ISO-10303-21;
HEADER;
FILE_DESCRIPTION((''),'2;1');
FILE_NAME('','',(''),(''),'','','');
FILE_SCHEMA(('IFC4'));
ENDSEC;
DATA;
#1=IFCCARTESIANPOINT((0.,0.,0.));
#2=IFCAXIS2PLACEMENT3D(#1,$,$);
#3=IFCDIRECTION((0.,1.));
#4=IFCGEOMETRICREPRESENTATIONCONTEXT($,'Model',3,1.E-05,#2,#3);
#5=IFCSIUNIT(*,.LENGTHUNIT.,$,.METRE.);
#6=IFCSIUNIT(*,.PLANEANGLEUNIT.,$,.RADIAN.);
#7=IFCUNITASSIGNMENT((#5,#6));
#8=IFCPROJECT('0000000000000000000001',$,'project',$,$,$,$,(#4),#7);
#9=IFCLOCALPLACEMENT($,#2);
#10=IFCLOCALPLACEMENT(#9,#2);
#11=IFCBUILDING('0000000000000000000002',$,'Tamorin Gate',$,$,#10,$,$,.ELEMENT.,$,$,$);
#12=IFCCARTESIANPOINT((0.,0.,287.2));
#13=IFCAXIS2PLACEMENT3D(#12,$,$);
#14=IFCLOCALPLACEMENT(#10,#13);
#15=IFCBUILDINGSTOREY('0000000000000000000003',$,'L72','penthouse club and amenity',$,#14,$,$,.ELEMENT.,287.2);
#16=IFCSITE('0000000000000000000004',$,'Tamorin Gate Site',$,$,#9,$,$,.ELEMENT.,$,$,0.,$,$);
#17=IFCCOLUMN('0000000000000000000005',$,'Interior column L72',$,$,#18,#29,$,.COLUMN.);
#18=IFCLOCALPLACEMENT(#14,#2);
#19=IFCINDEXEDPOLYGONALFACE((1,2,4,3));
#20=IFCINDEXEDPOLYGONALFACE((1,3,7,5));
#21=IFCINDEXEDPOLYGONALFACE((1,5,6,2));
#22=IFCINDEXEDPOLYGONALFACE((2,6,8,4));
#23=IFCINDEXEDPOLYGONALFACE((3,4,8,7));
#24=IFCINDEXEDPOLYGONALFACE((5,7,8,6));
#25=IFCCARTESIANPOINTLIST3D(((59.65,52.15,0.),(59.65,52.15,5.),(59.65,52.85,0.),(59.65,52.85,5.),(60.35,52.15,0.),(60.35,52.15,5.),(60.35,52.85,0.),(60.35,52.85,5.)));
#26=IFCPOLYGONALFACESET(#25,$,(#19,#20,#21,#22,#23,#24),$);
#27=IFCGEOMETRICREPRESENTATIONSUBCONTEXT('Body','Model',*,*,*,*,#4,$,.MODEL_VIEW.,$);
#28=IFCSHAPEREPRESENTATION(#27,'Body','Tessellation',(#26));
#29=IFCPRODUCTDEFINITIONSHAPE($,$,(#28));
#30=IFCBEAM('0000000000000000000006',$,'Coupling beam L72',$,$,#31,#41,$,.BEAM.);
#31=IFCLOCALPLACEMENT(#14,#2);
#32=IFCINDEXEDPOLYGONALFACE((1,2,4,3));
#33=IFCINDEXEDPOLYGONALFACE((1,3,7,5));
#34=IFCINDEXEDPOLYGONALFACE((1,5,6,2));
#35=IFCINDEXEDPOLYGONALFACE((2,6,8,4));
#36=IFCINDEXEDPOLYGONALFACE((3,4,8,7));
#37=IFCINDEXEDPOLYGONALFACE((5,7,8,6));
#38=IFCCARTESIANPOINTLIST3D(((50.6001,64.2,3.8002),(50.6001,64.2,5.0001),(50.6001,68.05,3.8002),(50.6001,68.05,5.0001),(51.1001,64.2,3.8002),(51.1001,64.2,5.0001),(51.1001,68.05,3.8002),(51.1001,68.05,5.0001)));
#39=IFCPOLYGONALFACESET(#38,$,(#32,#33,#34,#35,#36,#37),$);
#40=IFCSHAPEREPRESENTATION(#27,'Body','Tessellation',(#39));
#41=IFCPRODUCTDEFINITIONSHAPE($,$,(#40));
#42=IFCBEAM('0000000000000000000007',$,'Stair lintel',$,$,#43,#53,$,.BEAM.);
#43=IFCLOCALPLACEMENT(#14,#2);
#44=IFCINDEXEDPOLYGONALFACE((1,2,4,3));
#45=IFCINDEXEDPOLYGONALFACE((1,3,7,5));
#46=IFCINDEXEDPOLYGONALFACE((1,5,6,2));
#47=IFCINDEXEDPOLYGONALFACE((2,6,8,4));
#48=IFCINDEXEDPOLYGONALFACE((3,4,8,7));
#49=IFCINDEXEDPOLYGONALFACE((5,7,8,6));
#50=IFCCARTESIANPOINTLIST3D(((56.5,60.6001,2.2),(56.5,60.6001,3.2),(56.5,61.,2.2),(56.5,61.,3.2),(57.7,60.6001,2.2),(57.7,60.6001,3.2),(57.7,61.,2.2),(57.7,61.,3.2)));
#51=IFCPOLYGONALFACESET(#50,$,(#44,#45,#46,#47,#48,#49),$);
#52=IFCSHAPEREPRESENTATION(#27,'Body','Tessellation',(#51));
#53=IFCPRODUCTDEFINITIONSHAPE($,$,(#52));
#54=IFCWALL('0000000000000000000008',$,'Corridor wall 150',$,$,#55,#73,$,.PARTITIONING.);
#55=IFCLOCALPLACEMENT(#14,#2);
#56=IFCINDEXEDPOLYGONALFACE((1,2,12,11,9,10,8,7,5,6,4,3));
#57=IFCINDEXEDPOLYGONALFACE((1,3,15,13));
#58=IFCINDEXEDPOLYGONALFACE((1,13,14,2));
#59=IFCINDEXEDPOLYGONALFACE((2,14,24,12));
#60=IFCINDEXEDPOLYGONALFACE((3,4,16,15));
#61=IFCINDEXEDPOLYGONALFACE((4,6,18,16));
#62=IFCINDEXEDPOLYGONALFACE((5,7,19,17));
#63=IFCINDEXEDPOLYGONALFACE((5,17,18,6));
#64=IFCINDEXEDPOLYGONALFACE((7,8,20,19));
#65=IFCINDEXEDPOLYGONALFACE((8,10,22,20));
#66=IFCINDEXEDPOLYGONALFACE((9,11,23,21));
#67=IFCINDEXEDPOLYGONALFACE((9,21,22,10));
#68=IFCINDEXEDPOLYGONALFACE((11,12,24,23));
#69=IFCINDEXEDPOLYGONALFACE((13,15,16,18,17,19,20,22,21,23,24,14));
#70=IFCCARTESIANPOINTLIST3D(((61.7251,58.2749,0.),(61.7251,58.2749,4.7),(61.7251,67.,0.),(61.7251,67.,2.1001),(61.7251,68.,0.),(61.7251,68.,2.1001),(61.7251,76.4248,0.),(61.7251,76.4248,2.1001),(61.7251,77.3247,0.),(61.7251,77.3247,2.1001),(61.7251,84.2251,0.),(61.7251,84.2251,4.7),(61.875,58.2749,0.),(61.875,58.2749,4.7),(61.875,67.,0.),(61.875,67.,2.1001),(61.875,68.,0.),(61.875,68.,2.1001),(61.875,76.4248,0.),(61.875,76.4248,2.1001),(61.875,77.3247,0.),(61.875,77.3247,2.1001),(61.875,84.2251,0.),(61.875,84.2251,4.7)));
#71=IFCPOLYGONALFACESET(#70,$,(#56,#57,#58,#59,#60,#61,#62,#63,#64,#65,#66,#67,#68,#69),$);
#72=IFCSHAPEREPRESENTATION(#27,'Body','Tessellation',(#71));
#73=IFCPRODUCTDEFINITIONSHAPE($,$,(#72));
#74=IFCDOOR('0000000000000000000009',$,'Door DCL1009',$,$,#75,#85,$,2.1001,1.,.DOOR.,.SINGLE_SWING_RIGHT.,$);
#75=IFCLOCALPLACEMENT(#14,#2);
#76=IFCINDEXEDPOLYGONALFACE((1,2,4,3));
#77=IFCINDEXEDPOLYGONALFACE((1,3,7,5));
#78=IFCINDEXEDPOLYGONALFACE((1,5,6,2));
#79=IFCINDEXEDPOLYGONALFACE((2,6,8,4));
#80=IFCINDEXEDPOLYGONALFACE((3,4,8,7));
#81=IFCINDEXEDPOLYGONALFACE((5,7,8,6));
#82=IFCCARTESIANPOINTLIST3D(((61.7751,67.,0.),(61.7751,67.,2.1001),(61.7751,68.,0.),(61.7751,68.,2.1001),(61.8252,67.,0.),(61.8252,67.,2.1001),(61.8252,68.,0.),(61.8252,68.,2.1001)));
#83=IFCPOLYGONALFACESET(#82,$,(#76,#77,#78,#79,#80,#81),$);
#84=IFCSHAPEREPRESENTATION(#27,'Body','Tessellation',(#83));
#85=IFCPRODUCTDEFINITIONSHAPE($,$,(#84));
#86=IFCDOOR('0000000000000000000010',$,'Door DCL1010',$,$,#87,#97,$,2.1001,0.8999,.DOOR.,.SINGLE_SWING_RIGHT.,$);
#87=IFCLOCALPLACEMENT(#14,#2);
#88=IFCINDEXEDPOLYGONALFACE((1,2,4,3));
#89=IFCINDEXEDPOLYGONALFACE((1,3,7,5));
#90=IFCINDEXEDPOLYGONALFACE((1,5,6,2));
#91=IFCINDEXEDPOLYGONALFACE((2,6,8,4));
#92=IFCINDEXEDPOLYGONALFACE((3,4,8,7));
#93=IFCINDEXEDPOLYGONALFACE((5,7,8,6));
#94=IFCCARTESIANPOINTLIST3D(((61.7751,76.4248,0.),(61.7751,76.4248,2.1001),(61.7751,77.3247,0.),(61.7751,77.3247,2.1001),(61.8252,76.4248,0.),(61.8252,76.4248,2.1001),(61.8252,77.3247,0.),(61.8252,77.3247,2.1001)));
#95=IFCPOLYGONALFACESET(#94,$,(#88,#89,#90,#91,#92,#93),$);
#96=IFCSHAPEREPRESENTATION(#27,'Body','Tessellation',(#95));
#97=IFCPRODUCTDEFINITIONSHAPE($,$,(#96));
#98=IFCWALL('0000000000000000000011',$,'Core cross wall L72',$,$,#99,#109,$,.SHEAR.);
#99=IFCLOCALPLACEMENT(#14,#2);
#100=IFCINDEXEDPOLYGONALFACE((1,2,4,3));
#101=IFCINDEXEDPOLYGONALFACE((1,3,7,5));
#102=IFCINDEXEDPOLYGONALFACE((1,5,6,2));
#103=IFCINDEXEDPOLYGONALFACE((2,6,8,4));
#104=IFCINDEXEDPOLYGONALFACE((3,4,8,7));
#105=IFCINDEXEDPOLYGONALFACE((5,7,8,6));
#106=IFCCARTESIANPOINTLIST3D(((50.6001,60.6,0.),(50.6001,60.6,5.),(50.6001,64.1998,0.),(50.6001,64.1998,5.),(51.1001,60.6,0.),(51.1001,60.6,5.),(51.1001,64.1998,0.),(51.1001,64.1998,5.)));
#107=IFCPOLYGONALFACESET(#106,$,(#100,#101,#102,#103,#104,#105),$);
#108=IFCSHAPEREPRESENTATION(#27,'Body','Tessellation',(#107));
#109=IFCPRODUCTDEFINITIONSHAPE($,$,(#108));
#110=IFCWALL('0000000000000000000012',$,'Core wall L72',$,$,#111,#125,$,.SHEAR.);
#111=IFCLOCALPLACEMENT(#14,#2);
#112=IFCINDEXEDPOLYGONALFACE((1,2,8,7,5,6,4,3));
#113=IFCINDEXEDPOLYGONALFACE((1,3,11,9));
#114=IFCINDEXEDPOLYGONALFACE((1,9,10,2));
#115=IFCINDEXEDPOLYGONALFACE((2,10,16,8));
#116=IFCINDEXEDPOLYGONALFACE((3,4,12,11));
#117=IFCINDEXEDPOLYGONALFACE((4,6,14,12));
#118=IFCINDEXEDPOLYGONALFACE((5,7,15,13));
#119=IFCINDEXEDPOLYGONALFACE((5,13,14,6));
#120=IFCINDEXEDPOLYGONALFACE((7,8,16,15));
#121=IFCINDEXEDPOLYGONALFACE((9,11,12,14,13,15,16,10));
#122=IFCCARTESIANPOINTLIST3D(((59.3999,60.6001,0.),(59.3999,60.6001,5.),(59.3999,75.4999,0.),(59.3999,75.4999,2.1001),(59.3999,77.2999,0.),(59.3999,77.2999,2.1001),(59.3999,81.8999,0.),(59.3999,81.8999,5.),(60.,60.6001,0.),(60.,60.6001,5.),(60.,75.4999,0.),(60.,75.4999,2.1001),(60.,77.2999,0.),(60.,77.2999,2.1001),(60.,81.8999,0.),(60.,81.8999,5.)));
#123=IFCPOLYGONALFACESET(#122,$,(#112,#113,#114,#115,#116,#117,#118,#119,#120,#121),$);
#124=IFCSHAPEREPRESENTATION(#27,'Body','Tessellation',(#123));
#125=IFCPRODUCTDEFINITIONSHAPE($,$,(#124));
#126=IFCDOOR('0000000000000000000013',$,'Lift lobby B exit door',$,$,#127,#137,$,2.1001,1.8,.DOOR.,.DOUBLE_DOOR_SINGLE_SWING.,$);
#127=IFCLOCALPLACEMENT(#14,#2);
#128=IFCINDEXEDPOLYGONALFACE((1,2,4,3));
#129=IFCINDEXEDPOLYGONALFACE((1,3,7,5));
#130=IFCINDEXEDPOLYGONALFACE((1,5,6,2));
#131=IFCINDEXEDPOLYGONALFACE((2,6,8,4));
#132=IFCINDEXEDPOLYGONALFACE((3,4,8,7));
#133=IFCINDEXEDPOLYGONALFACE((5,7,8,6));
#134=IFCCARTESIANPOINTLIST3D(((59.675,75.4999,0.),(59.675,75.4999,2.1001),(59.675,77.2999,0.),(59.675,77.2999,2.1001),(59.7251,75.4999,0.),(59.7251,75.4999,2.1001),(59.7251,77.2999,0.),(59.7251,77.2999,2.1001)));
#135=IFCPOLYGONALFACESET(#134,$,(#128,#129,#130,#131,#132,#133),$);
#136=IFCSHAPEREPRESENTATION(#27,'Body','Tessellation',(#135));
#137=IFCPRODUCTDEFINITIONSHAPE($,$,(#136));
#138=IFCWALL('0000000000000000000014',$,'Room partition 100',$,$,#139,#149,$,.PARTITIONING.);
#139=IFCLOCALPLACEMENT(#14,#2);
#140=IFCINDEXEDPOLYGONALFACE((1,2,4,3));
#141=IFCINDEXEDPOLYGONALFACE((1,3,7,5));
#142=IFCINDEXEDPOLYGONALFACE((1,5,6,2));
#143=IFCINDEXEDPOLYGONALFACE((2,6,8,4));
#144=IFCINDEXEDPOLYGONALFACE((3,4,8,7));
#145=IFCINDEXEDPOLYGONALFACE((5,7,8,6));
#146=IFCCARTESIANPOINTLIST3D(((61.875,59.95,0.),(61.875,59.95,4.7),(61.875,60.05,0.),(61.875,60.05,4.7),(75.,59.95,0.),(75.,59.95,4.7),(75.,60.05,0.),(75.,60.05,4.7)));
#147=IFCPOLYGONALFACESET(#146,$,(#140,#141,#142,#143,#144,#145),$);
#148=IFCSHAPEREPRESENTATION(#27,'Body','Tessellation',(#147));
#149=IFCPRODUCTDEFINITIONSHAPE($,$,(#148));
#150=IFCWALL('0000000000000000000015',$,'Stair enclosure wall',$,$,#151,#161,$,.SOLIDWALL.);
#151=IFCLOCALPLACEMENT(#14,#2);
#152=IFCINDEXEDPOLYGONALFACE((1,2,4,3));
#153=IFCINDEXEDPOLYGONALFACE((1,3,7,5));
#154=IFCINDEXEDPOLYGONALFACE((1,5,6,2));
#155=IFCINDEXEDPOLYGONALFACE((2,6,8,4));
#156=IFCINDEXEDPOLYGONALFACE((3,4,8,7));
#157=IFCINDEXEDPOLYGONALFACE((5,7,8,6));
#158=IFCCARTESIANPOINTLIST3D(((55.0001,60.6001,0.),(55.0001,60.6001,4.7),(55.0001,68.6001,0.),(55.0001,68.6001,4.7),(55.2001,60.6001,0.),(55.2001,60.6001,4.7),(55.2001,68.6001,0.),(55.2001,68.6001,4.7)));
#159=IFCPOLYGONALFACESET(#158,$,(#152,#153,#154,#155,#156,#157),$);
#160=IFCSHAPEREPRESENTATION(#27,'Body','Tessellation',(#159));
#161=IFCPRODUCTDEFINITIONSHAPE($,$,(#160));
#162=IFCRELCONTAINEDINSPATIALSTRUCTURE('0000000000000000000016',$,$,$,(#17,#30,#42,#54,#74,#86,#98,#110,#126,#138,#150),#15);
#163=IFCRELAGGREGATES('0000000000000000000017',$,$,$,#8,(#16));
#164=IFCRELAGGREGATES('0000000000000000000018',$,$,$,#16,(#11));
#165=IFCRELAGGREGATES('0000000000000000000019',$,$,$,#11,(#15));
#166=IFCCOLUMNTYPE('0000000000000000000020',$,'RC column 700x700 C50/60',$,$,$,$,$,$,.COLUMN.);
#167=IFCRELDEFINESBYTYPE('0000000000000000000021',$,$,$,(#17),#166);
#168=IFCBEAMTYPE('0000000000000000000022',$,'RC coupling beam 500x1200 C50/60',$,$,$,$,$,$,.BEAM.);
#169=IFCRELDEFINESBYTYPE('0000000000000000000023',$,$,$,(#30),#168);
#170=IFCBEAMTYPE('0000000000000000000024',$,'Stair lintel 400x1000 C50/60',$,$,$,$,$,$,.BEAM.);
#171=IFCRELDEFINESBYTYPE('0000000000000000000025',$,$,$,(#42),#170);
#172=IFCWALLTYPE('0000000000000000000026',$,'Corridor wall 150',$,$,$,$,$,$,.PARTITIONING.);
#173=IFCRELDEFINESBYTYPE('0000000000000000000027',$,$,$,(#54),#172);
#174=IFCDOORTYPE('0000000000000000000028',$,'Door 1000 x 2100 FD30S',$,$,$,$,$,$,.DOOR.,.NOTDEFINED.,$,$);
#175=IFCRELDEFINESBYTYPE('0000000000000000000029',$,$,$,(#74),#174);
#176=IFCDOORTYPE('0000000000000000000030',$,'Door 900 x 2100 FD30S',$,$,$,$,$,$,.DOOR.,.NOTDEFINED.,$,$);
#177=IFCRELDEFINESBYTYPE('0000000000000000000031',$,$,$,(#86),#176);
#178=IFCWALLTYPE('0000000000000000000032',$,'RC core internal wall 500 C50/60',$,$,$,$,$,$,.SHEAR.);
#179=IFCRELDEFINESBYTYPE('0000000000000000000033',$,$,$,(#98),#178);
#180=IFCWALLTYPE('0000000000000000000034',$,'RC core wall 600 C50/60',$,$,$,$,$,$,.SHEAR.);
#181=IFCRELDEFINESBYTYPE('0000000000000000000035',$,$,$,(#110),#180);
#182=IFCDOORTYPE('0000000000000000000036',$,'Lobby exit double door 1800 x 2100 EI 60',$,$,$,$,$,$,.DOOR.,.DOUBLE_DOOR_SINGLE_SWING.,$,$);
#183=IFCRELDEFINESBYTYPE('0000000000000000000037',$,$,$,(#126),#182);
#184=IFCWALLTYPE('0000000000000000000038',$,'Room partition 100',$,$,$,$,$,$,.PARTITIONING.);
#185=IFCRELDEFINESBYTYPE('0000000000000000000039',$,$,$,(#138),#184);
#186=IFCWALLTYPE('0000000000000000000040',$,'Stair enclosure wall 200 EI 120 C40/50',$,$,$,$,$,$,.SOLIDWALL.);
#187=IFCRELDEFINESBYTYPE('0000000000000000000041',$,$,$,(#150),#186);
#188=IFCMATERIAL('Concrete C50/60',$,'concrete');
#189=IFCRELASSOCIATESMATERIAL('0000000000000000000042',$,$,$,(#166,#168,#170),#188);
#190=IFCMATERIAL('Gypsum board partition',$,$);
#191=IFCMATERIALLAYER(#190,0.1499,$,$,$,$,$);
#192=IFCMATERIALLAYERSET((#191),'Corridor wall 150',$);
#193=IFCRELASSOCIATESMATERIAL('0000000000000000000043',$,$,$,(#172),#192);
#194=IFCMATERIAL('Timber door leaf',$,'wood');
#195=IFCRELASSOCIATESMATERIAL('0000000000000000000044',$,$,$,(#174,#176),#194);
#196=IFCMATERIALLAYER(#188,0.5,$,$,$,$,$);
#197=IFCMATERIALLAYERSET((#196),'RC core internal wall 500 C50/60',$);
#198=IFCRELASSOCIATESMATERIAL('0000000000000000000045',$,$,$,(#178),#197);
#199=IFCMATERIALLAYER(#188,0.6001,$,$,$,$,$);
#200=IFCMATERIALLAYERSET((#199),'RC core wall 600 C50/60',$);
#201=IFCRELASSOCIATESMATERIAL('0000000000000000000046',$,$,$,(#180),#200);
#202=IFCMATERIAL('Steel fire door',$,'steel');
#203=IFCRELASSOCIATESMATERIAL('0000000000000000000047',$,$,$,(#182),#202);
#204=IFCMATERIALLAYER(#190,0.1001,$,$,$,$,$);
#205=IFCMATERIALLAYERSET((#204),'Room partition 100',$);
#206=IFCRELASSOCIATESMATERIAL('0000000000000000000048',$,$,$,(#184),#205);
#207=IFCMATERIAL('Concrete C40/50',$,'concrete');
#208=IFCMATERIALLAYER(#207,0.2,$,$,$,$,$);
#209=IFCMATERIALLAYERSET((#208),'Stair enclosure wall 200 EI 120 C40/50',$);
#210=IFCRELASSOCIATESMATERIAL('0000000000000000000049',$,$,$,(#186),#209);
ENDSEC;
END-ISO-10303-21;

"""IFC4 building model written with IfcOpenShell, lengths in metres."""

from ifc_helpers import new_model, si_unit, direction, frame, frame_2d, origin, origin_2d, place, context, subcontext, project, spatial, rectangle, extrude, material, layer, layer_set, material_profile, profile_set, type_object, element, fill, save


model = new_model("IFC4")

# Units and contexts
model_context = context("Model", 3, precision=1e-05, world=origin(), true_north=direction((0.0, 1.0)))
body_context = subcontext(model_context, "Body", "Model", "MODEL_VIEW")
ifc_project = project(units=[si_unit("LENGTHUNIT", "METRE"), si_unit("PLANEANGLEUNIT", "RADIAN")], contexts=[model_context])

# Site, building, storey
site_placement = place(None, origin())
site = spatial("IfcSite", under=ifc_project, at=site_placement, Name="Tamorin Gate Site", CompositionType="ELEMENT", RefElevation=0.0)
building_placement = place(site_placement, origin())
building = spatial("IfcBuilding", under=site, at=building_placement, Name="Tamorin Gate", CompositionType="ELEMENT")
storey_placement = place(building_placement, frame((0.0, 0.0, 287.2)))
storey = spatial("IfcBuildingStorey", under=building, at=storey_placement, Name="L72", Description="penthouse club and amenity", CompositionType="ELEMENT", Elevation=287.2)

# Column
ifc_material_1 = material(Name="Concrete C50/60", Category="concrete")
ifc_material_profile_1 = material_profile(ifc_material_1, rectangle(XDim=0.7, YDim=0.7, at=origin_2d()), Name="RC 700x700")
ifc_profile_set_1 = profile_set([ifc_material_profile_1], Name="Concrete C50/60")
column_type = type_object("IfcColumnType", Name="RC column 700x700 C50/60", PredefinedType="COLUMN", material=ifc_profile_set_1)
column_placement = place(storey_placement, frame((60.0, 52.5, 0.0), z_axis=(0.0, 0.0, 1.0), x_axis=(1.0, 0.0, 0.0)))
element("IfcColumn", 1, at=column_placement, inside=storey, type_object=column_type, Name="Interior column L72", PredefinedType="COLUMN", context=body_context, shape_type="SweptSolid", body=[
    extrude(rectangle(XDim=0.7, YDim=0.7, at=origin_2d()), origin(), (0.0, 0.0, 1.0), 5.0),
])

# Beams
ifc_material_profile_2 = material_profile(ifc_material_1, rectangle(XDim=0.5, YDim=1.2, at=origin_2d()), Name="RC 500x1200")
ifc_profile_set_2 = profile_set([ifc_material_profile_2], Name="Concrete C50/60")
beam_type_1 = type_object("IfcBeamType", Name="RC coupling beam 500x1200 C50/60", PredefinedType="BEAM", material=ifc_profile_set_2)
beam_1_placement = place(storey_placement, frame((50.8501, 64.2, 4.4001), z_axis=(0.0, 1.0, 0.0), x_axis=(-1.0, 0.0, 0.0)))
element("IfcBeam", 2, at=beam_1_placement, inside=storey, type_object=beam_type_1, Name="Coupling beam L72", PredefinedType="BEAM", context=body_context, shape_type="SweptSolid", body=[
    extrude(rectangle(XDim=0.5, YDim=1.2, at=origin_2d()), origin(), (0.0, 0.0, 1.0), 3.8501),
])
ifc_material_profile_3 = material_profile(ifc_material_1, rectangle(XDim=0.3999, YDim=1.0, at=origin_2d()))
ifc_profile_set_3 = profile_set([ifc_material_profile_3], Name="Concrete C50/60")
beam_type_2 = type_object("IfcBeamType", Name="Stair lintel 400x1000 C50/60", PredefinedType="BEAM", material=ifc_profile_set_3)
beam_2_placement = place(storey_placement, frame((56.5, 60.8, 2.7), z_axis=(1.0, 0.0, 0.0), x_axis=(0.0, 1.0, 0.0)))
element("IfcBeam", 3, at=beam_2_placement, inside=storey, type_object=beam_type_2, Name="Stair lintel", PredefinedType="BEAM", context=body_context, shape_type="SweptSolid", body=[
    extrude(rectangle(XDim=0.3999, YDim=1.0, at=origin_2d()), origin(), (0.0, 0.0, 1.0), 1.2),
])

# Wall, openings, doors
ifc_material_2 = material(Name="Gypsum board partition")
ifc_layer_1 = layer(ifc_material_2, 0.1499)
ifc_layer_set_1 = layer_set([ifc_layer_1], Name="Corridor wall 150")
wall_type_1 = type_object("IfcWallType", Name="Corridor wall 150", PredefinedType="PARTITIONING", material=ifc_layer_set_1)
wall_1_placement = place(storey_placement, frame((61.8, 58.2749, 0.0), z_axis=(0.0, 0.0, 1.0), x_axis=(0.0, 1.0, 0.0)))
wall_1 = element("IfcWall", 4, at=wall_1_placement, inside=storey, type_object=wall_type_1, Name="Corridor wall 150", PredefinedType="PARTITIONING", context=body_context, shape_type="SweptSolid", body=[
    extrude(rectangle(XDim=25.9502, YDim=0.1499, at=frame_2d((12.9751, 0.0))), origin(), (0.0, 0.0, 1.0), 4.7),
])
opening_1_placement = place(wall_1_placement, frame((8.7251, 0.0, 0.0)))
opening_1 = element("IfcOpeningElement", 5, at=opening_1_placement, cuts=wall_1, PredefinedType="OPENING", context=body_context, shape_type="SweptSolid", body=[
    extrude(rectangle(XDim=1.0, YDim=2.1001, at=frame_2d((0.5, 1.05))), frame((0.0, 0.085, 0.0), z_axis=(0.0, -1.0, 0.0), x_axis=(1.0, 0.0, 0.0)), (0.0, 0.0, 1.0), 0.1699),
])
opening_2_placement = place(wall_1_placement, frame((18.1499, 0.0, 0.0)))
opening_2 = element("IfcOpeningElement", 6, at=opening_2_placement, cuts=wall_1, PredefinedType="OPENING", context=body_context, shape_type="SweptSolid", body=[
    extrude(rectangle(XDim=0.8999, YDim=2.1001, at=frame_2d((0.45, 1.05))), frame((0.0, 0.085, 0.0), z_axis=(0.0, -1.0, 0.0), x_axis=(1.0, 0.0, 0.0)), (0.0, 0.0, 1.0), 0.1699),
])
ifc_material_3 = material(Name="Timber door leaf", Category="wood")
door_type_1 = type_object("IfcDoorType", Name="Door 1000 x 2100 FD30S", OperationType="NOTDEFINED", PredefinedType="DOOR", material=ifc_material_3)
door_1_placement = place(opening_1_placement, origin())
door_1 = element("IfcDoor", 7, at=door_1_placement, inside=storey, type_object=door_type_1, Name="Door DCL1009", OperationType="SINGLE_SWING_RIGHT", OverallHeight=2.1001, OverallWidth=1.0, PredefinedType="DOOR", context=body_context, shape_type="SweptSolid", body=[
    extrude(rectangle(XDim=1.0, YDim=2.1001, at=frame_2d((0.5, 1.05))), frame((0.0, 0.0249, 0.0), z_axis=(0.0, -1.0, 0.0), x_axis=(1.0, 0.0, 0.0)), (0.0, 0.0, 1.0), 0.05),
])
fill(opening_1, door_1)
door_type_2 = type_object("IfcDoorType", Name="Door 900 x 2100 FD30S", OperationType="NOTDEFINED", PredefinedType="DOOR", material=ifc_material_3)
door_2_placement = place(opening_2_placement, origin())
door_2 = element("IfcDoor", 8, at=door_2_placement, inside=storey, type_object=door_type_2, Name="Door DCL1010", OperationType="SINGLE_SWING_RIGHT", OverallHeight=2.1001, OverallWidth=0.8999, PredefinedType="DOOR", context=body_context, shape_type="SweptSolid", body=[
    extrude(rectangle(XDim=0.8999, YDim=2.1001, at=frame_2d((0.45, 1.05))), frame((0.0, 0.0249, 0.0), z_axis=(0.0, -1.0, 0.0), x_axis=(1.0, 0.0, 0.0)), (0.0, 0.0, 1.0), 0.05),
])
fill(opening_2, door_2)

# Wall
ifc_layer_2 = layer(ifc_material_1, 0.5)
ifc_layer_set_2 = layer_set([ifc_layer_2], Name="RC core internal wall 500 C50/60")
wall_type_2 = type_object("IfcWallType", Name="RC core internal wall 500 C50/60", PredefinedType="SHEAR", material=ifc_layer_set_2)
wall_2_placement = place(storey_placement, frame((50.8501, 60.6001, 0.0), z_axis=(0.0, 0.0, 1.0), x_axis=(0.0, 1.0, 0.0)))
element("IfcWall", 9, at=wall_2_placement, inside=storey, type_object=wall_type_2, Name="Core cross wall L72", PredefinedType="SHEAR", context=body_context, shape_type="SweptSolid", body=[
    extrude(rectangle(XDim=3.5999, YDim=0.5, at=frame_2d((1.7998, 0.0))), origin(), (0.0, 0.0, 1.0), 5.0),
])

# Wall, opening, door
ifc_layer_3 = layer(ifc_material_1, 0.6001)
ifc_layer_set_3 = layer_set([ifc_layer_3], Name="RC core wall 600 C50/60")
wall_type_3 = type_object("IfcWallType", Name="RC core wall 600 C50/60", PredefinedType="SHEAR", material=ifc_layer_set_3)
wall_3_placement = place(storey_placement, frame((59.7, 60.6001, 0.0), z_axis=(0.0, 0.0, 1.0), x_axis=(0.0, 1.0, 0.0)))
wall_3 = element("IfcWall", 10, at=wall_3_placement, inside=storey, type_object=wall_type_3, Name="Core wall L72", PredefinedType="SHEAR", context=body_context, shape_type="SweptSolid", body=[
    extrude(rectangle(XDim=21.2998, YDim=0.6001, at=frame_2d((10.6499, 0.0))), origin(), (0.0, 0.0, 1.0), 5.0),
])
opening_3_placement = place(wall_3_placement, frame((14.8999, 0.0, 0.0)))
opening_3 = element("IfcOpeningElement", 11, at=opening_3_placement, cuts=wall_3, PredefinedType="OPENING", context=body_context, shape_type="SweptSolid", body=[
    extrude(rectangle(XDim=1.8, YDim=2.1001, at=frame_2d((0.8999, 1.05))), frame((0.0, 0.3101, 0.0), z_axis=(0.0, -1.0, 0.0), x_axis=(1.0, 0.0, 0.0)), (0.0, 0.0, 1.0), 0.6201),
])
ifc_material_4 = material(Name="Steel fire door", Category="steel")
door_type_3 = type_object("IfcDoorType", Name="Lobby exit double door 1800 x 2100 EI 60", OperationType="DOUBLE_DOOR_SINGLE_SWING", PredefinedType="DOOR", material=ifc_material_4)
door_3_placement = place(opening_3_placement, origin())
door_3 = element("IfcDoor", 12, at=door_3_placement, inside=storey, type_object=door_type_3, Name="Lift lobby B exit door", OperationType="DOUBLE_DOOR_SINGLE_SWING", OverallHeight=2.1001, OverallWidth=1.8, PredefinedType="DOOR", context=body_context, shape_type="SweptSolid", body=[
    extrude(rectangle(XDim=1.8, YDim=2.1001, at=frame_2d((0.8999, 1.05))), frame((0.0, 0.0249, 0.0), z_axis=(0.0, -1.0, 0.0), x_axis=(1.0, 0.0, 0.0)), (0.0, 0.0, 1.0), 0.05),
])
fill(opening_3, door_3)

# Walls
ifc_layer_4 = layer(ifc_material_2, 0.1001)
ifc_layer_set_4 = layer_set([ifc_layer_4], Name="Room partition 100")
wall_type_4 = type_object("IfcWallType", Name="Room partition 100", PredefinedType="PARTITIONING", material=ifc_layer_set_4)
wall_4_placement = place(storey_placement, frame((61.875, 60.0, 0.0), z_axis=(0.0, 0.0, 1.0), x_axis=(1.0, 0.0, 0.0)))
element("IfcWall", 13, at=wall_4_placement, inside=storey, type_object=wall_type_4, Name="Room partition 100", PredefinedType="PARTITIONING", context=body_context, shape_type="SweptSolid", body=[
    extrude(rectangle(XDim=13.125, YDim=0.1001, at=frame_2d((6.5625, 0.0))), origin(), (0.0, 0.0, 1.0), 4.7),
])
ifc_material_5 = material(Name="Concrete C40/50", Category="concrete")
ifc_layer_5 = layer(ifc_material_5, 0.2)
ifc_layer_set_5 = layer_set([ifc_layer_5], Name="Stair enclosure wall 200 EI 120 C40/50")
wall_type_5 = type_object("IfcWallType", Name="Stair enclosure wall 200 EI 120 C40/50", PredefinedType="SOLIDWALL", material=ifc_layer_set_5)
wall_5_placement = place(storey_placement, frame((55.1001, 60.6001, 0.0), z_axis=(0.0, 0.0, 1.0), x_axis=(0.0, 1.0, 0.0)))
element("IfcWall", 14, at=wall_5_placement, inside=storey, type_object=wall_type_5, Name="Stair enclosure wall", PredefinedType="SOLIDWALL", context=body_context, shape_type="SweptSolid", body=[
    extrude(rectangle(XDim=8.0, YDim=0.2, at=frame_2d((4.0, 0.0))), origin(), (0.0, 0.0, 1.0), 4.7),
])

save(model, "model.ifc")
